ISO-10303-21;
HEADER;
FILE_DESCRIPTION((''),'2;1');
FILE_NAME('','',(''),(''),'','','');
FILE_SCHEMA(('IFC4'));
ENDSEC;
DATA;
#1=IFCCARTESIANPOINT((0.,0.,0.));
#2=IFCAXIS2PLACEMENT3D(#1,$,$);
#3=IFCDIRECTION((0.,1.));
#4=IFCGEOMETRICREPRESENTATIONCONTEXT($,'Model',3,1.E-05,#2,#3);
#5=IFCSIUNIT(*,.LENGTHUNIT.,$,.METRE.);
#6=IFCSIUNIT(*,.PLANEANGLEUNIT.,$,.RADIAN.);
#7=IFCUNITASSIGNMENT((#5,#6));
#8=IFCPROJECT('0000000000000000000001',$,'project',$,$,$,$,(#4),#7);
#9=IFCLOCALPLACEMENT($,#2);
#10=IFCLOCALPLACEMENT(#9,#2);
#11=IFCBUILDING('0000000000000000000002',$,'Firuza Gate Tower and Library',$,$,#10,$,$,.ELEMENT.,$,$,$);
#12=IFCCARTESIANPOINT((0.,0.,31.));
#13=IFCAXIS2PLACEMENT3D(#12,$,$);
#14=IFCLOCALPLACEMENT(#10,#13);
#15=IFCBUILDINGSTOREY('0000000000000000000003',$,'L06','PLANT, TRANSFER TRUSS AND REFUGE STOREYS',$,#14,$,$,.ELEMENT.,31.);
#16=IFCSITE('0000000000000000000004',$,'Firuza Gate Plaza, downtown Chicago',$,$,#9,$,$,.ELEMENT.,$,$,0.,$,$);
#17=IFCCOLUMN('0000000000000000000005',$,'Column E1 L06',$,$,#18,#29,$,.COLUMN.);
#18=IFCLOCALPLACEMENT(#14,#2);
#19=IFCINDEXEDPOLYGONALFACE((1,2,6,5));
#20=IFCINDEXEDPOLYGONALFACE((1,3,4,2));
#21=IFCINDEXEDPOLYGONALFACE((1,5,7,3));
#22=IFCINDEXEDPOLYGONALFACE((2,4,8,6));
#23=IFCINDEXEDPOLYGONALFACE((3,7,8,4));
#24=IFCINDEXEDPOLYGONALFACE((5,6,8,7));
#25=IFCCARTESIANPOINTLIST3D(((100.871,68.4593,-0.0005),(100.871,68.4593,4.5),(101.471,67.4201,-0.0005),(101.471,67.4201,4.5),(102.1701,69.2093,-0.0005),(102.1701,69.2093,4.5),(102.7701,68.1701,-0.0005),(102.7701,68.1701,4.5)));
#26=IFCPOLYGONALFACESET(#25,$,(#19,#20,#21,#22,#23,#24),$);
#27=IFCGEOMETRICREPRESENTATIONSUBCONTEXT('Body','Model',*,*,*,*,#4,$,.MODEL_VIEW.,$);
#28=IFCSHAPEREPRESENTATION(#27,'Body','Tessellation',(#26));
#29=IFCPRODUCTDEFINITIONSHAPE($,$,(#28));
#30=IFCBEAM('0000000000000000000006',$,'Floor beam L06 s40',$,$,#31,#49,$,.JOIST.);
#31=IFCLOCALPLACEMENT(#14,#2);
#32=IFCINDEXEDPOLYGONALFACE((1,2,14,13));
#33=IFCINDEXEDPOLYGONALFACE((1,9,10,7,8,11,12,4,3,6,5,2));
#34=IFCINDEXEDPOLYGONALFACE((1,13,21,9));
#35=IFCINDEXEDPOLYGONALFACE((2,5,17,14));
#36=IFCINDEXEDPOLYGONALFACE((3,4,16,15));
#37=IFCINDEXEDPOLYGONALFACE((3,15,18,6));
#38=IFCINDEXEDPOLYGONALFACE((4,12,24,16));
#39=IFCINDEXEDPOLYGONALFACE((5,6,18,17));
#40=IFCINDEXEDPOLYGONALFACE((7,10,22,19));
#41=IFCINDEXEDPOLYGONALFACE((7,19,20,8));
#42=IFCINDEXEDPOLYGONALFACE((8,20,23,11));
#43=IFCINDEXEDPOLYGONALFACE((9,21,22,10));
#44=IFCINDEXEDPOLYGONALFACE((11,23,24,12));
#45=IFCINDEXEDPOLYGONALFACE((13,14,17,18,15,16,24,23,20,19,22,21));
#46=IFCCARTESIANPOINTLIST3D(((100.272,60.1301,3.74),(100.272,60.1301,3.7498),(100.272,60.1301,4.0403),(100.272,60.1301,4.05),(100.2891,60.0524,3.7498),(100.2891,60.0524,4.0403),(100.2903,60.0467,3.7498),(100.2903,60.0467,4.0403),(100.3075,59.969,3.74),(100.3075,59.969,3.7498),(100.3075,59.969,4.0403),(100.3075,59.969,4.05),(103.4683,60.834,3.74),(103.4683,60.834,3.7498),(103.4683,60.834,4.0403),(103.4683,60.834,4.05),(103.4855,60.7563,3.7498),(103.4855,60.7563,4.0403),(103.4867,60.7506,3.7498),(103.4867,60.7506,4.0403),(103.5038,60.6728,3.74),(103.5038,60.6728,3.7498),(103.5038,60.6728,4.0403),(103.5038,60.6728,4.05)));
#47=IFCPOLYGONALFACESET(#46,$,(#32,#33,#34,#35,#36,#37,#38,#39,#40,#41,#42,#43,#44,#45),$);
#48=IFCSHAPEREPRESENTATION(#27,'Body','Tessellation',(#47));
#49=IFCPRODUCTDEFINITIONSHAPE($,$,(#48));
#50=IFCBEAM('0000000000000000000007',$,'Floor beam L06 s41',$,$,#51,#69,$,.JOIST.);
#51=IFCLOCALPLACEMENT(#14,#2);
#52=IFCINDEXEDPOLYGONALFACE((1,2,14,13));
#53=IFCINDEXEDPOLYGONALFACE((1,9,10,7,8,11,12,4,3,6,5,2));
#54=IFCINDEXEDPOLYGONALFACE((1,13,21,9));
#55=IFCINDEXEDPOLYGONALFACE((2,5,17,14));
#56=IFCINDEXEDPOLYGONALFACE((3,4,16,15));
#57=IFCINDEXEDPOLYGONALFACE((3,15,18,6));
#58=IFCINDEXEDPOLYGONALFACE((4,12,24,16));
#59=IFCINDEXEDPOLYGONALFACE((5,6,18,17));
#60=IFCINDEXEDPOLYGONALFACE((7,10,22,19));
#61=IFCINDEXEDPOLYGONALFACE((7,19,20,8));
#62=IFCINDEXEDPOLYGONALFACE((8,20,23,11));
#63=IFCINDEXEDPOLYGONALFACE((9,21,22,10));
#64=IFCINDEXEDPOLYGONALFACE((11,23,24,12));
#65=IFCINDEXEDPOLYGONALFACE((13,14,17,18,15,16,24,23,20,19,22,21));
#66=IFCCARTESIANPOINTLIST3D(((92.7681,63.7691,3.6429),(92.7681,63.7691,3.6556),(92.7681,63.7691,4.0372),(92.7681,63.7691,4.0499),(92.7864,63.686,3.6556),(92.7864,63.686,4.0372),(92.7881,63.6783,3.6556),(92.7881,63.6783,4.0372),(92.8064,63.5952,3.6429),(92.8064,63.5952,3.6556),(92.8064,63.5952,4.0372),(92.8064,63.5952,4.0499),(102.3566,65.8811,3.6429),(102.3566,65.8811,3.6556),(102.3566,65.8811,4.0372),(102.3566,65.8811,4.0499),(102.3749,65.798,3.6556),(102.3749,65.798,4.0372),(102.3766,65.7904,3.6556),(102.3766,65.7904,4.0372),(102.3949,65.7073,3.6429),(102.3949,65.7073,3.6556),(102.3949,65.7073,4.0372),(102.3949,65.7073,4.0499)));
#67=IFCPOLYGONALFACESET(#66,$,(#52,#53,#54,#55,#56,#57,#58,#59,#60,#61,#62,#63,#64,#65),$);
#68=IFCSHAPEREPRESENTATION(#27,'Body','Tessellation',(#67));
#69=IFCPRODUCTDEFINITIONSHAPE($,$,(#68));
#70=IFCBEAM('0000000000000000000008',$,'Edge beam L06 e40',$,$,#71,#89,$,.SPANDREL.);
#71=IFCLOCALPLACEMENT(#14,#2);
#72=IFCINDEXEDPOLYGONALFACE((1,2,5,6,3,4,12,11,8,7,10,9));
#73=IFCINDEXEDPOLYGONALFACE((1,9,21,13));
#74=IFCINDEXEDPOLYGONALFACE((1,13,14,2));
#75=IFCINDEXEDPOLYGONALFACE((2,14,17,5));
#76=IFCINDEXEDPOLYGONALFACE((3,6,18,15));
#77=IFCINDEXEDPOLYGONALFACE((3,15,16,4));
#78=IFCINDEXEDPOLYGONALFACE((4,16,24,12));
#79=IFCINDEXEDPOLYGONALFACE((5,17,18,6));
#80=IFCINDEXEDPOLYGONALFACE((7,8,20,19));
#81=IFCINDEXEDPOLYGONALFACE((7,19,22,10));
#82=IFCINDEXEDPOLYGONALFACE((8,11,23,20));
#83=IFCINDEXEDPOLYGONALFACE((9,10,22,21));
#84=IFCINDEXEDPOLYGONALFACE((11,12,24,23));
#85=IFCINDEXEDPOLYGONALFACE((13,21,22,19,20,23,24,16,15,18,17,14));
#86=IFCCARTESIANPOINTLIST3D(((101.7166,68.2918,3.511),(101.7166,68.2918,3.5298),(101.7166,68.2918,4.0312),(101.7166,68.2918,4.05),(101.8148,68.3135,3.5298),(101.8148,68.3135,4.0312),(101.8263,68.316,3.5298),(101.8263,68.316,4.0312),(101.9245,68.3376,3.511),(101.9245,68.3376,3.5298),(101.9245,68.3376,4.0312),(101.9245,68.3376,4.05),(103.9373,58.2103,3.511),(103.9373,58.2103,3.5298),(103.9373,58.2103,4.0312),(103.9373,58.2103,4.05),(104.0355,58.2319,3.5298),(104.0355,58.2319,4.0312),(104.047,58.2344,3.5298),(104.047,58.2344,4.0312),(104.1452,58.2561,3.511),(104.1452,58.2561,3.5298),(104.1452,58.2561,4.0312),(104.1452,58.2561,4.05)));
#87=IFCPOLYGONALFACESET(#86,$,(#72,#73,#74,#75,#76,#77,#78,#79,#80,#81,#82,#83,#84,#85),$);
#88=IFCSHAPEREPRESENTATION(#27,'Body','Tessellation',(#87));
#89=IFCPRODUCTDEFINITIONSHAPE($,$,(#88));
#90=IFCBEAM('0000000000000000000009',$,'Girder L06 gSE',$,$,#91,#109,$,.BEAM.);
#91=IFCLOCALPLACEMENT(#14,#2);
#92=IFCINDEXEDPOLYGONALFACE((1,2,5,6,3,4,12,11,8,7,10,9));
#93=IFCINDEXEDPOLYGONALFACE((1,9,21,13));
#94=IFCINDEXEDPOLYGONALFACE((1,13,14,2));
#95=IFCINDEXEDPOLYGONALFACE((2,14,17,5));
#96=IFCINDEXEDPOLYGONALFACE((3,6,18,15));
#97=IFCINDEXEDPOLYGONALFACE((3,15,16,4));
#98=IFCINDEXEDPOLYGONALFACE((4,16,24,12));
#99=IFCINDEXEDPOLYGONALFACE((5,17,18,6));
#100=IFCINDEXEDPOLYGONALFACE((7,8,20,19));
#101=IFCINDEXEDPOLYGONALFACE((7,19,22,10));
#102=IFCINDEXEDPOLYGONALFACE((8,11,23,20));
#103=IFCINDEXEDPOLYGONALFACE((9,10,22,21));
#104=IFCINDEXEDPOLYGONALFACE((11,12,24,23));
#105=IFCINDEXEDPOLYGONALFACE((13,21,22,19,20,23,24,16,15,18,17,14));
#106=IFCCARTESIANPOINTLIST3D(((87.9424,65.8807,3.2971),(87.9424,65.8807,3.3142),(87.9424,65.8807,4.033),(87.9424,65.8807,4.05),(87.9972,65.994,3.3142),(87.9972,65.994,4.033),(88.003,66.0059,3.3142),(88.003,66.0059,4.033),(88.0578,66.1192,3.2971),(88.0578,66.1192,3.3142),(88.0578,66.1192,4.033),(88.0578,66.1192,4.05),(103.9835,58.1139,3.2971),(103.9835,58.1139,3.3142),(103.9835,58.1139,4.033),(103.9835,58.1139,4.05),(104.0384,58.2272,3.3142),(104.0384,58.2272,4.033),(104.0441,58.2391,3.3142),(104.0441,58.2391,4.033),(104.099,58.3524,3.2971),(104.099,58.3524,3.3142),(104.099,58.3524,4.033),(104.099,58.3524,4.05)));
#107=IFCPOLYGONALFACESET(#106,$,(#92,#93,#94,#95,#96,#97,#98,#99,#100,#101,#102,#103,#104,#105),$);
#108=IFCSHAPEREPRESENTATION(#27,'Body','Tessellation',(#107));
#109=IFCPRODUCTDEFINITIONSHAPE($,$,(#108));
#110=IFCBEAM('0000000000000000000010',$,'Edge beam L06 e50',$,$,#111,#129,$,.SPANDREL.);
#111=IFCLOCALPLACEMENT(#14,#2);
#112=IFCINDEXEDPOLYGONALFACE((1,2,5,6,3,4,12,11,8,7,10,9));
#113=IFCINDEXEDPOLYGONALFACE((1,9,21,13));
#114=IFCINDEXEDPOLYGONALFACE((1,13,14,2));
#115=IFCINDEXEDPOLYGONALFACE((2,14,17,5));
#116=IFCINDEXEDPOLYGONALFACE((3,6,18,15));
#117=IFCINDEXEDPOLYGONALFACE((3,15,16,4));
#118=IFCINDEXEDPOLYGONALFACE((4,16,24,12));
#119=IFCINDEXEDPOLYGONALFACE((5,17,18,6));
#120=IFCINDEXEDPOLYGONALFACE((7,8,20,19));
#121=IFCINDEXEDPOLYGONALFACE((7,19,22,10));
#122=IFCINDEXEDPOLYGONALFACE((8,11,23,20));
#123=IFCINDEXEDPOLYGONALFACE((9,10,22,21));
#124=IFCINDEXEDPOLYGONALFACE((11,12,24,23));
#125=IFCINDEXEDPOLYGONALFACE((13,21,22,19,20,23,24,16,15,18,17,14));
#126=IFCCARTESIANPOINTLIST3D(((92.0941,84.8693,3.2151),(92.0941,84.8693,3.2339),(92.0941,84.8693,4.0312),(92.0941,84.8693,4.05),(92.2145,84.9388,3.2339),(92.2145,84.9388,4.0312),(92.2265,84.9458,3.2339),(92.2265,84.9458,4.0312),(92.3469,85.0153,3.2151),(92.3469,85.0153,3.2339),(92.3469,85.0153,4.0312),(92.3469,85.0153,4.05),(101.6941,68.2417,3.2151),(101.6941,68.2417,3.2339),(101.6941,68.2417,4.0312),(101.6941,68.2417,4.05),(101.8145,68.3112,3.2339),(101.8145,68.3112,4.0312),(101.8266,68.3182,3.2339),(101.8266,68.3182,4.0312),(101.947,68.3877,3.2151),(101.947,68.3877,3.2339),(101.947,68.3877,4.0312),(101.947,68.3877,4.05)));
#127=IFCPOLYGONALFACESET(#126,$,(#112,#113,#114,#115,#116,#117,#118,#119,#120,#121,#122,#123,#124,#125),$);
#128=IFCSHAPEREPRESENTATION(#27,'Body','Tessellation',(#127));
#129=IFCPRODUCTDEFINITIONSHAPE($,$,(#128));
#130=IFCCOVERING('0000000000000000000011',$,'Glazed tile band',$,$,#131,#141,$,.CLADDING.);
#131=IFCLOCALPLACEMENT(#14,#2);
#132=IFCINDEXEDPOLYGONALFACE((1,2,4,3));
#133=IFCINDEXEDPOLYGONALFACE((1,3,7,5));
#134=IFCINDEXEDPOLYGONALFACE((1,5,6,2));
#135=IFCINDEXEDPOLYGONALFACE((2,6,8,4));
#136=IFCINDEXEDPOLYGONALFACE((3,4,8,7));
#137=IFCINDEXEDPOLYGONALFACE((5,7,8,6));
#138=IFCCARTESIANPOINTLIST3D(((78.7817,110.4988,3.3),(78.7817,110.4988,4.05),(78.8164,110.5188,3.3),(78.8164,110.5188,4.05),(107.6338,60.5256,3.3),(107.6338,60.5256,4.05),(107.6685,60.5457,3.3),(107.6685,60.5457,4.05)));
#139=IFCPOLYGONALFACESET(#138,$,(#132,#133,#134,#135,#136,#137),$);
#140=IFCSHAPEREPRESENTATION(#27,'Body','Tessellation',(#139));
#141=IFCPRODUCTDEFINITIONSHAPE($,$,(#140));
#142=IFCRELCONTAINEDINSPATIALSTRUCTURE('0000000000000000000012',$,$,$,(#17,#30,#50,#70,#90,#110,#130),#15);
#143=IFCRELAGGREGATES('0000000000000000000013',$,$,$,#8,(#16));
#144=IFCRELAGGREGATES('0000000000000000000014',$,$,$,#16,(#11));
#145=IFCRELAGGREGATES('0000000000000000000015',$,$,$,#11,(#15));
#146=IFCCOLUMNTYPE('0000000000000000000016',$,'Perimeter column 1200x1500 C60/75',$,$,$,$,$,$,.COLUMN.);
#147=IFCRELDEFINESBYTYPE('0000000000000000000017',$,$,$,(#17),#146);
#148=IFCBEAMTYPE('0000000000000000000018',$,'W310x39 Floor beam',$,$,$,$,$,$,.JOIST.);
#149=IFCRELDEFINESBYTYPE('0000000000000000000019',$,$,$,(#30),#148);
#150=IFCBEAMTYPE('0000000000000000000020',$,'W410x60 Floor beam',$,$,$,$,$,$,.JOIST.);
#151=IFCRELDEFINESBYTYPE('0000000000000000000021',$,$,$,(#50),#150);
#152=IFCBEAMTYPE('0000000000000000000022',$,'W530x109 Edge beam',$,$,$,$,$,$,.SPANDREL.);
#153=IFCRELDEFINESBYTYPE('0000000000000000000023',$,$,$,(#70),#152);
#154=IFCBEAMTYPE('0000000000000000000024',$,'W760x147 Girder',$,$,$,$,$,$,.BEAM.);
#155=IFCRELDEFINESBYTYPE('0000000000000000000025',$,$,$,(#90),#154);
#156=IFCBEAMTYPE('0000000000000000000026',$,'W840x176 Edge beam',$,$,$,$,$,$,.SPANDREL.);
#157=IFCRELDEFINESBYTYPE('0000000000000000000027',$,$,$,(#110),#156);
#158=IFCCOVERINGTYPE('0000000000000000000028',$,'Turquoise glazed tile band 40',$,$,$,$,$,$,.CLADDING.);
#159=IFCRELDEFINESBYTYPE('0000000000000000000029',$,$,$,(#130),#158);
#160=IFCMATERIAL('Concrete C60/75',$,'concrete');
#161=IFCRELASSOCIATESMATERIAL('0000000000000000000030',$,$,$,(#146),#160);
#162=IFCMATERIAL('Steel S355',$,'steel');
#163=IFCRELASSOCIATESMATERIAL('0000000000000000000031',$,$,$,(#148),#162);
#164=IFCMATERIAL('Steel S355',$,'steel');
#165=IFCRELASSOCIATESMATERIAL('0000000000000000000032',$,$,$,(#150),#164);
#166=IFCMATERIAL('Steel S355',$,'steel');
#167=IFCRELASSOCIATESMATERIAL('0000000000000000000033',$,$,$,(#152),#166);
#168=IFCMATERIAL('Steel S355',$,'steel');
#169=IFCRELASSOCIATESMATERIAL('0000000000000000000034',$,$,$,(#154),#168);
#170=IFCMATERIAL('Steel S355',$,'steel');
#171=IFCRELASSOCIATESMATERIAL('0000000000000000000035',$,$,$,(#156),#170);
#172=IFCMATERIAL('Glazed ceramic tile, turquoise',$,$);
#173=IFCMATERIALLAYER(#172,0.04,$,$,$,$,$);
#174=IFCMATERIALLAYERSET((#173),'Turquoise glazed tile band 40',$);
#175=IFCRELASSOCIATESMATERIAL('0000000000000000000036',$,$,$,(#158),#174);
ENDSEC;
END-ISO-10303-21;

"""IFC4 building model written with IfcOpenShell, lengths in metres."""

from ifc_helpers import new_model, si_unit, direction, frame, origin, origin_2d, place, context, subcontext, project, spatial, polyline, rectangle, i_section, outline, extrude, material, layer, layer_set, material_profile, profile_set, type_object, element, save


model = new_model("IFC4")

# Units and contexts
model_context = context("Model", 3, precision=1e-05, world=origin(), true_north=direction((0.0, 1.0)))
body_context = subcontext(model_context, "Body", "Model", "MODEL_VIEW")
ifc_project = project(units=[si_unit("LENGTHUNIT", "METRE"), si_unit("PLANEANGLEUNIT", "RADIAN")], contexts=[model_context])

# Site, building, storey
site_placement = place(None, origin())
site = spatial("IfcSite", under=ifc_project, at=site_placement, Name="Firuza Gate Plaza, downtown Chicago", CompositionType="ELEMENT", RefElevation=0.0)
building_placement = place(site_placement, origin())
building = spatial("IfcBuilding", under=site, at=building_placement, Name="Firuza Gate Tower and Library", CompositionType="ELEMENT")
storey_placement = place(building_placement, frame((0.0, 0.0, 31.0)))
storey = spatial("IfcBuildingStorey", under=building, at=storey_placement, Name="L06", Description="PLANT, TRANSFER TRUSS AND REFUGE STOREYS", CompositionType="ELEMENT", Elevation=31.0)

# Column
ifc_material_1 = material(Name="Concrete C60/75", Category="concrete")
ifc_material_profile_1 = material_profile(ifc_material_1, rectangle(XDim=1.2, YDim=1.5, at=origin_2d()))
ifc_profile_set_1 = profile_set([ifc_material_profile_1], Name="Concrete C60/75")
column_type = type_object("IfcColumnType", Name="Perimeter column 1200x1500 C60/75", PredefinedType="COLUMN", material=ifc_profile_set_1)
column_placement = place(storey_placement, frame((101.8206, 68.3147, -0.0005), z_axis=(0.0, 0.0, 1.0), x_axis=(-0.5, 0.866025, 0.0)))
element("IfcColumn", 1, at=column_placement, inside=storey, type_object=column_type, Name="Column E1 L06", PredefinedType="COLUMN", context=body_context, shape_type="SweptSolid", body=[
    extrude(rectangle(XDim=1.2, YDim=1.5, at=origin_2d()), origin(), (0.0, 0.0, 1.0), 4.5005),
])

# Beams
ifc_material_2 = material(Name="Steel S355", Category="steel")
ifc_material_profile_2 = material_profile(ifc_material_2, i_section(OverallWidth=0.165, OverallDepth=0.3101, WebThickness=0.0059, FlangeThickness=0.0098, at=origin_2d()))
ifc_profile_set_2 = profile_set([ifc_material_profile_2], Name="Steel S355")
beam_type_1 = type_object("IfcBeamType", Name="W310x39 Floor beam", PredefinedType="JOIST", material=ifc_profile_set_2)
beam_1_placement = place(storey_placement, frame((103.4861, 60.7534, 3.895), z_axis=(-0.976601, -0.215058, 0.0), x_axis=(0.215058, -0.976601, 0.0)))
element("IfcBeam", 2, at=beam_1_placement, inside=storey, type_object=beam_type_1, Name="Floor beam L06 s40", PredefinedType="JOIST", context=body_context, shape_type="SweptSolid", body=[
    extrude(i_section(OverallWidth=0.165, OverallDepth=0.3101, WebThickness=0.0059, FlangeThickness=0.0098, at=origin_2d()), origin(), (0.0, 0.0, 1.0), 3.2729),
])
ifc_material_3 = material(Name="Steel S355", Category="steel")
ifc_material_profile_3 = material_profile(ifc_material_3, i_section(OverallWidth=0.178, OverallDepth=0.407, WebThickness=0.0078, FlangeThickness=0.0127, at=origin_2d()))
ifc_profile_set_3 = profile_set([ifc_material_profile_3], Name="Steel S355")
beam_type_2 = type_object("IfcBeamType", Name="W410x60 Floor beam", PredefinedType="JOIST", material=ifc_profile_set_3)
beam_2_placement = place(storey_placement, frame((102.3757, 65.7942, 3.8464), z_axis=(-0.97659, -0.215111, 0.0), x_axis=(0.215111, -0.97659, 0.0)))
element("IfcBeam", 3, at=beam_2_placement, inside=storey, type_object=beam_type_2, Name="Floor beam L06 s41", PredefinedType="JOIST", context=body_context, shape_type="SweptSolid", body=[
    extrude(i_section(OverallWidth=0.178, OverallDepth=0.407, WebThickness=0.0078, FlangeThickness=0.0127, at=origin_2d()), origin(), (0.0, 0.0, 1.0), 9.8184),
])
ifc_material_4 = material(Name="Steel S355", Category="steel")
ifc_material_profile_4 = material_profile(ifc_material_4, i_section(OverallWidth=0.2129, OverallDepth=0.5391, WebThickness=0.0117, FlangeThickness=0.0188, at=origin_2d()))
ifc_profile_set_4 = profile_set([ifc_material_profile_4], Name="Steel S355")
beam_type_3 = type_object("IfcBeamType", Name="W530x109 Edge beam", PredefinedType="SPANDREL", material=ifc_profile_set_4)
beam_3_placement = place(storey_placement, frame((104.0413, 58.2332, 3.7805), z_axis=(-0.215117, 0.976588, 0.0), x_axis=(-0.976588, -0.215117, 0.0)))
element("IfcBeam", 4, at=beam_3_placement, inside=storey, type_object=beam_type_3, Name="Edge beam L06 e40", PredefinedType="SPANDREL", context=body_context, shape_type="SweptSolid", body=[
    extrude(i_section(OverallWidth=0.2129, OverallDepth=0.5391, WebThickness=0.0117, FlangeThickness=0.0188, at=origin_2d()), origin(), (0.0, 0.0, 1.0), 10.3232),
])
ifc_material_5 = material(Name="Steel S355", Category="steel")
ifc_material_profile_5 = material_profile(ifc_material_5, i_section(OverallWidth=0.2649, OverallDepth=0.7529, WebThickness=0.0132, FlangeThickness=0.0171, at=origin_2d()))
ifc_profile_set_5 = profile_set([ifc_material_profile_5], Name="Steel S355")
beam_type_4 = type_object("IfcBeamType", Name="W760x147 Girder", PredefinedType="BEAM", material=ifc_profile_set_5)
beam_4_placement = place(storey_placement, frame((104.0413, 58.2332, 3.6736), z_axis=(-0.90005, 0.435786, 0.0), x_axis=(-0.435786, -0.90005, 0.0)))
element("IfcBeam", 5, at=beam_4_placement, inside=storey, type_object=beam_type_4, Name="Girder L06 gSE", PredefinedType="BEAM", context=body_context, shape_type="SweptSolid", body=[
    extrude(i_section(OverallWidth=0.2649, OverallDepth=0.7529, WebThickness=0.0132, FlangeThickness=0.0171, at=origin_2d()), origin(), (0.0, 0.0, 1.0), 17.8225),
])
ifc_material_6 = material(Name="Steel S355", Category="steel")
ifc_material_profile_6 = material_profile(ifc_material_6, i_section(OverallWidth=0.292, OverallDepth=0.835, WebThickness=0.0139, FlangeThickness=0.0188, at=origin_2d()))
ifc_profile_set_6 = profile_set([ifc_material_profile_6], Name="Steel S355")
beam_type_5 = type_object("IfcBeamType", Name="W840x176 Edge beam", PredefinedType="SPANDREL", material=ifc_profile_set_6)
beam_5_placement = place(storey_placement, frame((101.8206, 68.3147, 3.6326), z_axis=(-0.500004, 0.866023, 0.0), x_axis=(-0.866023, -0.500004, 0.0)))
element("IfcBeam", 6, at=beam_5_placement, inside=storey, type_object=beam_type_5, Name="Edge beam L06 e50", PredefinedType="SPANDREL", context=body_context, shape_type="SweptSolid", body=[
    extrude(i_section(OverallWidth=0.292, OverallDepth=0.835, WebThickness=0.0139, FlangeThickness=0.0188, at=origin_2d()), origin(), (0.0, 0.0, 1.0), 19.2),
])

# Covering
ifc_material_7 = material(Name="Glazed ceramic tile, turquoise")
ifc_layer_1 = layer(ifc_material_7, 0.04)
ifc_layer_set_1 = layer_set([ifc_layer_1], Name="Turquoise glazed tile band 40")
covering_type = type_object("IfcCoveringType", Name="Turquoise glazed tile band 40", PredefinedType="CLADDING", material=ifc_layer_set_1)
covering_placement = place(storey_placement, frame((107.6685, 60.5457, 3.3), z_axis=(0.866025, 0.500001, 0.0), x_axis=(-0.500001, 0.866025, 0.0)))
element("IfcCovering", 7, at=covering_placement, inside=storey, type_object=covering_type, Name="Glazed tile band", PredefinedType="CLADDING", context=body_context, shape_type="SweptSolid", body=[
    extrude(outline(polyline([(0.0, 0.0), (57.704, 0.0), (57.704, 0.75), (0.0, 0.75), (0.0, 0.0)])), origin(), (0.0, 0.0, -1.0), 0.04),
])

save(model, "model.ifc")
